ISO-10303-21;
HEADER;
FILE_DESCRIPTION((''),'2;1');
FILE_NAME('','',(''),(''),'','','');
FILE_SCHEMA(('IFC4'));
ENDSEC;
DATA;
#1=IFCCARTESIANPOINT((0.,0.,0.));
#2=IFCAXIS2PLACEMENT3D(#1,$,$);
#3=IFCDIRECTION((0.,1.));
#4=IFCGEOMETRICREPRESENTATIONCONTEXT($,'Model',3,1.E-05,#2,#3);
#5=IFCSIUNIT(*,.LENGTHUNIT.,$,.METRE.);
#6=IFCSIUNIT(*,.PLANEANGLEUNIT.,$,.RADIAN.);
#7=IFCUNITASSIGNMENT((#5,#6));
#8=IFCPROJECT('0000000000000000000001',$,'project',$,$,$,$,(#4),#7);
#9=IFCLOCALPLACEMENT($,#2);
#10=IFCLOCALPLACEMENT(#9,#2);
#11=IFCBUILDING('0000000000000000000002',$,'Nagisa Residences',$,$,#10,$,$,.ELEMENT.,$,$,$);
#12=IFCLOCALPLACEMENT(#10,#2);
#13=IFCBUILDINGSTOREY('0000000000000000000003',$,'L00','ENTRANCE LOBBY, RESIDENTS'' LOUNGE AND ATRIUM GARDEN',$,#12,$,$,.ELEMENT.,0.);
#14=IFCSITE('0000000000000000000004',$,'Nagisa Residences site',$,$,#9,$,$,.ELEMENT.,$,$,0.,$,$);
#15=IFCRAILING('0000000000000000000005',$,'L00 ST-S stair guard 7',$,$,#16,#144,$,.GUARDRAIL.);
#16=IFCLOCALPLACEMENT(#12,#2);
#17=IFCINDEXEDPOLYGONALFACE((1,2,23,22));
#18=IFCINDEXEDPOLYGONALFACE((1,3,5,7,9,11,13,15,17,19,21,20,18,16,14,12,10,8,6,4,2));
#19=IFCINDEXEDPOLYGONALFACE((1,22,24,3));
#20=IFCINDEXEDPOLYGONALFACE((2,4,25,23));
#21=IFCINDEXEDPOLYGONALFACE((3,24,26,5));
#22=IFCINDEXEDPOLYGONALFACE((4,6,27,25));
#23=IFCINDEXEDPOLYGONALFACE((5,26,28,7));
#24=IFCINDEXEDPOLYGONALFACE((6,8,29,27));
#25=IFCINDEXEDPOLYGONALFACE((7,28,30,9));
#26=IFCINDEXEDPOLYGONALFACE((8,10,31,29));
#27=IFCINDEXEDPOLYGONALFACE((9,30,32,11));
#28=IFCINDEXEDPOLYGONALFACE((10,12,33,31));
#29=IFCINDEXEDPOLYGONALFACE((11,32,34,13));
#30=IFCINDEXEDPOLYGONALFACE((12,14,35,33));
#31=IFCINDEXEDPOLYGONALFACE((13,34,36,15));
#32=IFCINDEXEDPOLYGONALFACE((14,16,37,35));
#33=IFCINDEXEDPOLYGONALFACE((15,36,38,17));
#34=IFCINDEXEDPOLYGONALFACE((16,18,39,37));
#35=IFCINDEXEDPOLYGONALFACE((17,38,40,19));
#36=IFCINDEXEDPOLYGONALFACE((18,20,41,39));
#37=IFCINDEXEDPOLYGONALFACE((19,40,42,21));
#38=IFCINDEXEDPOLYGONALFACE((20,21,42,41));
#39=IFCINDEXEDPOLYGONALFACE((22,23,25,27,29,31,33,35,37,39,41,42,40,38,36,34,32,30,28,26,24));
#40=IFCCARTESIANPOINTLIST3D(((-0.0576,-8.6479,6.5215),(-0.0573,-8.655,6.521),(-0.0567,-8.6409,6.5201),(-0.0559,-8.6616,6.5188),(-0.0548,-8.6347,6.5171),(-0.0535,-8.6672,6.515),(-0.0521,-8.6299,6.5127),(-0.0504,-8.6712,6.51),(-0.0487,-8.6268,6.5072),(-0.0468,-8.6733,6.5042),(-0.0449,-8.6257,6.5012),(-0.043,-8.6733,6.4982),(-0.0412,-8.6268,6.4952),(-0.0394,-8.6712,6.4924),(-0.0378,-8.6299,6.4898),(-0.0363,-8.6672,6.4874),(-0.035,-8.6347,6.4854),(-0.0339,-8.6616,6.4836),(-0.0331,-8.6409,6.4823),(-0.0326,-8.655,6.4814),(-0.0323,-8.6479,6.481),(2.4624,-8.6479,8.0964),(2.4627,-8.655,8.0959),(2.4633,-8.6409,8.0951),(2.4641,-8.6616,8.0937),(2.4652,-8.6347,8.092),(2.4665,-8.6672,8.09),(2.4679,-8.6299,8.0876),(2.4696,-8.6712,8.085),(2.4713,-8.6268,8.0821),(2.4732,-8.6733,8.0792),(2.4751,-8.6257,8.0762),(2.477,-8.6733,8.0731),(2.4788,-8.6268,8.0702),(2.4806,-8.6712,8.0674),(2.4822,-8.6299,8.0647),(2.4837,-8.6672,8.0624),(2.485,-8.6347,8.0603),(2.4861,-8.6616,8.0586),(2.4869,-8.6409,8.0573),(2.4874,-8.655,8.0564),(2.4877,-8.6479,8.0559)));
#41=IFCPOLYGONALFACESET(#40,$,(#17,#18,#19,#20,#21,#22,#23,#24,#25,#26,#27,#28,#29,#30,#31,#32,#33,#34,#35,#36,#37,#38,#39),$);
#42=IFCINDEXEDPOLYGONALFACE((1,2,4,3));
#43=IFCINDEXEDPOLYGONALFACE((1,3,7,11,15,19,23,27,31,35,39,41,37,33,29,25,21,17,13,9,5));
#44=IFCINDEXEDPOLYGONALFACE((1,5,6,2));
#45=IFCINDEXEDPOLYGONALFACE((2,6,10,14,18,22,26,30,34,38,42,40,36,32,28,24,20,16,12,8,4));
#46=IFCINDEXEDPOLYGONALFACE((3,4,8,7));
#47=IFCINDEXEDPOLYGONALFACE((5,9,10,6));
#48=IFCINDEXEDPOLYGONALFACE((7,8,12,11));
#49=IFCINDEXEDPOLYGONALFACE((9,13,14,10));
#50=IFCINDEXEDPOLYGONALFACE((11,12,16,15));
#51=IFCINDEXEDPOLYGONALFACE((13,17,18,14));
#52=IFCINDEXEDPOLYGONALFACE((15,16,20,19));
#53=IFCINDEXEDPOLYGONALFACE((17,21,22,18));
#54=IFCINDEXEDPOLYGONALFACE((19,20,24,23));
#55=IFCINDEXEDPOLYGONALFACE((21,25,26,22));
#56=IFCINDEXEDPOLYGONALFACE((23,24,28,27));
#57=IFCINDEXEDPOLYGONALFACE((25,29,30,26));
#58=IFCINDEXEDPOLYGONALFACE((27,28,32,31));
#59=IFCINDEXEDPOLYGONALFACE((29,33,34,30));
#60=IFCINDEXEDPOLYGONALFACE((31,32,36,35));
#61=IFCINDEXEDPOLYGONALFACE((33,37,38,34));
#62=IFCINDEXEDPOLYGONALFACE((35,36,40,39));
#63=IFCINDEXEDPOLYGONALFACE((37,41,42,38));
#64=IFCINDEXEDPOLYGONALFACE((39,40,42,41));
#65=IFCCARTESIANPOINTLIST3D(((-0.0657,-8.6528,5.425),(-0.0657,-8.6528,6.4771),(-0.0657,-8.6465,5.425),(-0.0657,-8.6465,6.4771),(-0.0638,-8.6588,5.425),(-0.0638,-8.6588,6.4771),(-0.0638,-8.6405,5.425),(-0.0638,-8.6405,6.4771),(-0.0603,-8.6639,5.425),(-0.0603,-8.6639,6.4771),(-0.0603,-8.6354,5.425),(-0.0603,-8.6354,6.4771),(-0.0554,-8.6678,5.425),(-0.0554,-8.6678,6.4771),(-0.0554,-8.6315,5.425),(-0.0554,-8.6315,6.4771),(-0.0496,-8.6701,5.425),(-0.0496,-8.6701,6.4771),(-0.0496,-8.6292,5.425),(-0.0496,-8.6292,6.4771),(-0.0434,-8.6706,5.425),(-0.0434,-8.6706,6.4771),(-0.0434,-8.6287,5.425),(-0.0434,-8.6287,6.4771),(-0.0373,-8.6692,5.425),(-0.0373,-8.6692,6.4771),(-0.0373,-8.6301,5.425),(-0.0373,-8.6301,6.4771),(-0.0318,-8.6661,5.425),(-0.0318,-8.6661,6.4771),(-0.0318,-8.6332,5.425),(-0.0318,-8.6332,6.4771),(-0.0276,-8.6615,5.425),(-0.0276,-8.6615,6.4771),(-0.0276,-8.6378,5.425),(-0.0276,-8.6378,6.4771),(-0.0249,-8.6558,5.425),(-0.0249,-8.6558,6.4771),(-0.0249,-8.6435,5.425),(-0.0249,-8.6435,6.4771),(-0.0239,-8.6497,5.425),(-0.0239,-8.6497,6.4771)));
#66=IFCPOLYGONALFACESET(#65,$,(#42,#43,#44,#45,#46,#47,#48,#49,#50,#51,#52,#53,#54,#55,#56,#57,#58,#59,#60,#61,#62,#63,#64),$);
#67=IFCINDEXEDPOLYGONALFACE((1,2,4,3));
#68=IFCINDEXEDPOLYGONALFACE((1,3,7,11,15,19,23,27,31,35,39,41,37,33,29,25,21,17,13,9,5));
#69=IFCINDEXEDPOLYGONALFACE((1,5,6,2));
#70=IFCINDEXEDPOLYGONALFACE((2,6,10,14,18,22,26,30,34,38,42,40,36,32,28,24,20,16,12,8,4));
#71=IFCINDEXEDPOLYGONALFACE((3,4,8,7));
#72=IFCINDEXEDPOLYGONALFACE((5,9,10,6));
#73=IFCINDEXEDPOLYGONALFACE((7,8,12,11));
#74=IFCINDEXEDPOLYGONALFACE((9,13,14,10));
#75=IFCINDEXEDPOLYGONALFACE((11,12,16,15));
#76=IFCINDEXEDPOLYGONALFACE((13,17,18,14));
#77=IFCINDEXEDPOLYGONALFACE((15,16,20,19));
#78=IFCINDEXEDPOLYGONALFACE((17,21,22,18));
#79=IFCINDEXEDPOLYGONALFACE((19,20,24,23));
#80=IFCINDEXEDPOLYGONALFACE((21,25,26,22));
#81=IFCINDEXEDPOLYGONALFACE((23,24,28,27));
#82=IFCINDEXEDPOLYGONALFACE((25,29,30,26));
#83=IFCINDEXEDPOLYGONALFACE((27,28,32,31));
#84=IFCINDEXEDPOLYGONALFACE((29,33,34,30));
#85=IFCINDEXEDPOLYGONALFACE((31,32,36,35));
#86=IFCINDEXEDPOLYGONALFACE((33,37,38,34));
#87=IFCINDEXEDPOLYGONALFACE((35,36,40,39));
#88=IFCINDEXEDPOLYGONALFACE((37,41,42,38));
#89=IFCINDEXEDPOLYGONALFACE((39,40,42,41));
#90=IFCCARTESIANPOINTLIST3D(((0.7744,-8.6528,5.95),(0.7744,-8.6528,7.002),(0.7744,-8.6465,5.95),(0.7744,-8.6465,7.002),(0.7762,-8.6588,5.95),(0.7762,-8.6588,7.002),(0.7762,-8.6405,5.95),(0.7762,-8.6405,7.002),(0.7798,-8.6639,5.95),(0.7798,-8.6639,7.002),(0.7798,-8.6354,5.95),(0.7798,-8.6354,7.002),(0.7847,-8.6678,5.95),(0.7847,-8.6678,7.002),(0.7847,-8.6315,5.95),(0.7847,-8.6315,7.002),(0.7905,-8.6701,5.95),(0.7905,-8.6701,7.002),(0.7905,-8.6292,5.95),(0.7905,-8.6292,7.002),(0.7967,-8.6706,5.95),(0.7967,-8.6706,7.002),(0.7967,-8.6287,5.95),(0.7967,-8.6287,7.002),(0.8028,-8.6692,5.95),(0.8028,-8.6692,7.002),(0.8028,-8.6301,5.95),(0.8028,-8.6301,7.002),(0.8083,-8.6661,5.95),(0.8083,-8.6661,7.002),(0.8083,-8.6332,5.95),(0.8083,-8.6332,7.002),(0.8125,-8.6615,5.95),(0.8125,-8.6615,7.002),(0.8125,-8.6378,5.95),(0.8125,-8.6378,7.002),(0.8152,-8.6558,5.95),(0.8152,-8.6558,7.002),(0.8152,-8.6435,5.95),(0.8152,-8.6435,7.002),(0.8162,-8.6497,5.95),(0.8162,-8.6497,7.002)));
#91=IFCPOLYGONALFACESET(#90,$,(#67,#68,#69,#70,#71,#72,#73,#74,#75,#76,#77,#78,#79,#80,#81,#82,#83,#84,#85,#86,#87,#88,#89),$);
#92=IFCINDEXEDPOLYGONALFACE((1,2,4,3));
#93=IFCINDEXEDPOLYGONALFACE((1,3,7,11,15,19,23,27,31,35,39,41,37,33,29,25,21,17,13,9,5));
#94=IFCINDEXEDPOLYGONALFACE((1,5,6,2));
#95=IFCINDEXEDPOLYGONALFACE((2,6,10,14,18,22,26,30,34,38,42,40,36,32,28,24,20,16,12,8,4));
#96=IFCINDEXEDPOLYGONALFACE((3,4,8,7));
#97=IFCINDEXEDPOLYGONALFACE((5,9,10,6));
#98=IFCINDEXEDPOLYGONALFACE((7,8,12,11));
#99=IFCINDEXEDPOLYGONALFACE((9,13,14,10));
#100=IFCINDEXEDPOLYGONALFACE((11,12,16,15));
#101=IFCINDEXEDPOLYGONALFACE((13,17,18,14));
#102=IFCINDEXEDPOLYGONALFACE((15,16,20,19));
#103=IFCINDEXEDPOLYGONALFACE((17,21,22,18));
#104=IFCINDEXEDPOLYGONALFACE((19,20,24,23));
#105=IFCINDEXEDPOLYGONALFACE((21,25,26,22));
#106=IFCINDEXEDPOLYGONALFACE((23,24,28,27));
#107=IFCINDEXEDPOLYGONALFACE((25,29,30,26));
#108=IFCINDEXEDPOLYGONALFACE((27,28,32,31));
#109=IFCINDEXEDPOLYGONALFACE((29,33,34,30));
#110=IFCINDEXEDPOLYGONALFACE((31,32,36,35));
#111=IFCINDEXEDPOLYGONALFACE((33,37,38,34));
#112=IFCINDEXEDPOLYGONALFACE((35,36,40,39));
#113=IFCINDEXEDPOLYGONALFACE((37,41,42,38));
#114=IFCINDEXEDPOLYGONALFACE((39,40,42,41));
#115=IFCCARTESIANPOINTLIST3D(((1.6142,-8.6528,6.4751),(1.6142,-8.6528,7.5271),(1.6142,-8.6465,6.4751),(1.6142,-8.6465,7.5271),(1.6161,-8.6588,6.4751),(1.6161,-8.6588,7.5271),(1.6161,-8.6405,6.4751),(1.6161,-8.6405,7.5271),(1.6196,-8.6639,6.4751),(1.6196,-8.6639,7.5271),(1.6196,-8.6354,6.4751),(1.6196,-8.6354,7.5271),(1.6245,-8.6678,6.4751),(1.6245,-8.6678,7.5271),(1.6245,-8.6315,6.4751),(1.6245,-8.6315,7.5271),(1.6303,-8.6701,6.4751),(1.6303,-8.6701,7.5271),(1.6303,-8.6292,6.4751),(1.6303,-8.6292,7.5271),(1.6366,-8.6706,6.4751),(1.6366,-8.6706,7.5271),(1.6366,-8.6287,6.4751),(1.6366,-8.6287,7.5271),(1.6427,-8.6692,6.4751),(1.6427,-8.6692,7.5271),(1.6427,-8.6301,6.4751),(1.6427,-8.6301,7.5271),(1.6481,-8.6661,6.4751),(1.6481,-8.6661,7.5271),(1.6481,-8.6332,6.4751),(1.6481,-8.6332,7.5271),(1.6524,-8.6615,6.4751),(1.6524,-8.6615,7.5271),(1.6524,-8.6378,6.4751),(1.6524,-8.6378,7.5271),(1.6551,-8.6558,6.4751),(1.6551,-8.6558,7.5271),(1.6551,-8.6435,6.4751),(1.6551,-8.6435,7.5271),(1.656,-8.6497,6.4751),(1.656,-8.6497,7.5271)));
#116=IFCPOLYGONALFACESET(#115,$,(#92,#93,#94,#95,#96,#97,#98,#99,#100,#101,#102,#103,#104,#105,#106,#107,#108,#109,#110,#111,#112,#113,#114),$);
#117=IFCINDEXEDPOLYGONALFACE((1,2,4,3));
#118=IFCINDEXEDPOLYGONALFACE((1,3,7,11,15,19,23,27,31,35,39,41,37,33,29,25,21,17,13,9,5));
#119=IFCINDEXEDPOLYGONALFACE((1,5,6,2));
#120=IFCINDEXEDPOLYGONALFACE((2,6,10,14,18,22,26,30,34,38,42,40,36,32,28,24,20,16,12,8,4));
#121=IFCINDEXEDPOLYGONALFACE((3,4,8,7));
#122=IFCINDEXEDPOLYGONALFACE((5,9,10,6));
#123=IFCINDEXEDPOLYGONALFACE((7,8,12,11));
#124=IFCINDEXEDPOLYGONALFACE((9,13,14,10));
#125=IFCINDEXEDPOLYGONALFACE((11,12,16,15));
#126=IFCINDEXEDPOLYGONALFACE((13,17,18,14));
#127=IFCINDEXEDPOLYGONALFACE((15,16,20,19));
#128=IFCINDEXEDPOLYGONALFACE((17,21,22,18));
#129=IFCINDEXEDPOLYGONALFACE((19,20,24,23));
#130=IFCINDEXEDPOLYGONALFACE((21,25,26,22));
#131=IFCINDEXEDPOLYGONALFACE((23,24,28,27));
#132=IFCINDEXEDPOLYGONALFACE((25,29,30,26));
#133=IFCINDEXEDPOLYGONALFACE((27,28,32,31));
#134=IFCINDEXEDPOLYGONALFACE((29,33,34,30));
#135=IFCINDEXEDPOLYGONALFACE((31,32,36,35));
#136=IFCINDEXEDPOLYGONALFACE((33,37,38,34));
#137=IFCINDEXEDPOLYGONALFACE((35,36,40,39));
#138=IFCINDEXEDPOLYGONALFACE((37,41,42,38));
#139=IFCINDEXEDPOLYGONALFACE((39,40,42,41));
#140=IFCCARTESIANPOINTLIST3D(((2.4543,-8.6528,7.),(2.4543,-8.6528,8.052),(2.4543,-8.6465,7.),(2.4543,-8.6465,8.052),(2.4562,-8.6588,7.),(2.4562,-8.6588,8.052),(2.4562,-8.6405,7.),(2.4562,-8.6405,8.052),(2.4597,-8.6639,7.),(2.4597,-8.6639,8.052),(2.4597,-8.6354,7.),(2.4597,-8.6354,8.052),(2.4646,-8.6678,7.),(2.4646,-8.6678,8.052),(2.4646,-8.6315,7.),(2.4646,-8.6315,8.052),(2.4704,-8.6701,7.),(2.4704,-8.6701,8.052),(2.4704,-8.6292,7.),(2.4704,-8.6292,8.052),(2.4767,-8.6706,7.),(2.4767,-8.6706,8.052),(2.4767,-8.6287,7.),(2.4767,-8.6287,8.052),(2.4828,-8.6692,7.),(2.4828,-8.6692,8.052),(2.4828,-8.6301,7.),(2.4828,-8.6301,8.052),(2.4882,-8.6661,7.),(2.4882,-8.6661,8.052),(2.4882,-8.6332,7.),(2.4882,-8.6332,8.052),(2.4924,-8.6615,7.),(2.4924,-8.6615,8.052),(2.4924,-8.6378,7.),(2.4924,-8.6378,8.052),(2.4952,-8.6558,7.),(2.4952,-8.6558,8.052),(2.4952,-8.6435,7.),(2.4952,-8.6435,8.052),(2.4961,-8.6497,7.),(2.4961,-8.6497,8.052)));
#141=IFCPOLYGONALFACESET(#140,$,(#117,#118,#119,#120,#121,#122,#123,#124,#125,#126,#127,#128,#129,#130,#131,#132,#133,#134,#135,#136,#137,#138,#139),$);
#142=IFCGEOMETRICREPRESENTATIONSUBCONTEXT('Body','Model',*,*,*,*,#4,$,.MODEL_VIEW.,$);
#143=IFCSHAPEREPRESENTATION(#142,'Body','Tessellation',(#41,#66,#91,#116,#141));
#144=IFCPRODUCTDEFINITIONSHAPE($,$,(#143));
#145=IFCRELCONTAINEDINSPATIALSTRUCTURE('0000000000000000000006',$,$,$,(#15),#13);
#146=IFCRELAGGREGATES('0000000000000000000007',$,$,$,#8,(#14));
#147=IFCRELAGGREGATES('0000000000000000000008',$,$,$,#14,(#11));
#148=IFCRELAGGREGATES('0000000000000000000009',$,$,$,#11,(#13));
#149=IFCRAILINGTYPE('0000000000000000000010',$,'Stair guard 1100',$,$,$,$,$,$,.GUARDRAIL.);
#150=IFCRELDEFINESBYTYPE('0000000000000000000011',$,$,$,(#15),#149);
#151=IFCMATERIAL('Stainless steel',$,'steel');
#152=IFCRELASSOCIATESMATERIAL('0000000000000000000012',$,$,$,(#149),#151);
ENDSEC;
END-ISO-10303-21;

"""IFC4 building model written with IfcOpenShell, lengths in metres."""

from ifc_helpers import new_model, si_unit, direction, frame, origin, origin_2d, place, context, subcontext, project, spatial, circle, extrude, material, type_object, element, save


model = new_model("IFC4")

# Units and contexts
model_context = context("Model", 3, precision=1e-05, world=origin(), true_north=direction((0.0, 1.0)))
body_context = subcontext(model_context, "Body", "Model", "MODEL_VIEW")
ifc_project = project(units=[si_unit("LENGTHUNIT", "METRE"), si_unit("PLANEANGLEUNIT", "RADIAN")], contexts=[model_context])

# Site, building, storey
site_placement = place(None, origin())
site = spatial("IfcSite", under=ifc_project, at=site_placement, Name="Nagisa Residences site", CompositionType="ELEMENT", RefElevation=0.0)
building_placement = place(site_placement, origin())
building = spatial("IfcBuilding", under=site, at=building_placement, Name="Nagisa Residences", CompositionType="ELEMENT")
storey_placement = place(building_placement, origin())
storey = spatial("IfcBuildingStorey", under=building, at=storey_placement, Name="L00", Description="ENTRANCE LOBBY, RESIDENTS' LOUNGE AND ATRIUM GARDEN", CompositionType="ELEMENT", Elevation=0.0)

# Railing
ifc_material_1 = material(Name="Stainless steel", Category="steel")
railing_type_1 = type_object("IfcRailingType", Name="Stair guard 1100", PredefinedType="GUARDRAIL", material=ifc_material_1)
railing_1_placement = place(storey_placement, frame((-0.0449, -8.6497, 5.425)))
element("IfcRailing", 1, at=railing_1_placement, inside=storey, type_object=railing_type_1, Name="L00 ST-S stair guard 7", PredefinedType="GUARDRAIL", context=body_context, shape_type="SweptSolid", body=[
    extrude(circle(Radius=0.0239, at=origin_2d()), frame((0.0, 0.0, 1.0762), z_axis=(0.848008, 0.0, 0.529984), x_axis=(0.0, 1.0, 0.0)), (0.0, 0.0, 1.0), 2.9717),
    extrude(circle(Radius=0.021, at=origin_2d()), origin(), (0.0, 0.0, 1.0), 1.052),
    extrude(circle(Radius=0.021, at=origin_2d()), frame((0.8401, 0.0, 0.5249)), (0.0, 0.0, 1.0), 1.052),
    extrude(circle(Radius=0.021, at=origin_2d()), frame((1.6799, 0.0, 1.05)), (0.0, 0.0, 1.0), 1.052),
    extrude(circle(Radius=0.021, at=origin_2d()), frame((2.52, 0.0, 1.575)), (0.0, 0.0, 1.0), 1.052),
])

save(model, "model.ifc")
